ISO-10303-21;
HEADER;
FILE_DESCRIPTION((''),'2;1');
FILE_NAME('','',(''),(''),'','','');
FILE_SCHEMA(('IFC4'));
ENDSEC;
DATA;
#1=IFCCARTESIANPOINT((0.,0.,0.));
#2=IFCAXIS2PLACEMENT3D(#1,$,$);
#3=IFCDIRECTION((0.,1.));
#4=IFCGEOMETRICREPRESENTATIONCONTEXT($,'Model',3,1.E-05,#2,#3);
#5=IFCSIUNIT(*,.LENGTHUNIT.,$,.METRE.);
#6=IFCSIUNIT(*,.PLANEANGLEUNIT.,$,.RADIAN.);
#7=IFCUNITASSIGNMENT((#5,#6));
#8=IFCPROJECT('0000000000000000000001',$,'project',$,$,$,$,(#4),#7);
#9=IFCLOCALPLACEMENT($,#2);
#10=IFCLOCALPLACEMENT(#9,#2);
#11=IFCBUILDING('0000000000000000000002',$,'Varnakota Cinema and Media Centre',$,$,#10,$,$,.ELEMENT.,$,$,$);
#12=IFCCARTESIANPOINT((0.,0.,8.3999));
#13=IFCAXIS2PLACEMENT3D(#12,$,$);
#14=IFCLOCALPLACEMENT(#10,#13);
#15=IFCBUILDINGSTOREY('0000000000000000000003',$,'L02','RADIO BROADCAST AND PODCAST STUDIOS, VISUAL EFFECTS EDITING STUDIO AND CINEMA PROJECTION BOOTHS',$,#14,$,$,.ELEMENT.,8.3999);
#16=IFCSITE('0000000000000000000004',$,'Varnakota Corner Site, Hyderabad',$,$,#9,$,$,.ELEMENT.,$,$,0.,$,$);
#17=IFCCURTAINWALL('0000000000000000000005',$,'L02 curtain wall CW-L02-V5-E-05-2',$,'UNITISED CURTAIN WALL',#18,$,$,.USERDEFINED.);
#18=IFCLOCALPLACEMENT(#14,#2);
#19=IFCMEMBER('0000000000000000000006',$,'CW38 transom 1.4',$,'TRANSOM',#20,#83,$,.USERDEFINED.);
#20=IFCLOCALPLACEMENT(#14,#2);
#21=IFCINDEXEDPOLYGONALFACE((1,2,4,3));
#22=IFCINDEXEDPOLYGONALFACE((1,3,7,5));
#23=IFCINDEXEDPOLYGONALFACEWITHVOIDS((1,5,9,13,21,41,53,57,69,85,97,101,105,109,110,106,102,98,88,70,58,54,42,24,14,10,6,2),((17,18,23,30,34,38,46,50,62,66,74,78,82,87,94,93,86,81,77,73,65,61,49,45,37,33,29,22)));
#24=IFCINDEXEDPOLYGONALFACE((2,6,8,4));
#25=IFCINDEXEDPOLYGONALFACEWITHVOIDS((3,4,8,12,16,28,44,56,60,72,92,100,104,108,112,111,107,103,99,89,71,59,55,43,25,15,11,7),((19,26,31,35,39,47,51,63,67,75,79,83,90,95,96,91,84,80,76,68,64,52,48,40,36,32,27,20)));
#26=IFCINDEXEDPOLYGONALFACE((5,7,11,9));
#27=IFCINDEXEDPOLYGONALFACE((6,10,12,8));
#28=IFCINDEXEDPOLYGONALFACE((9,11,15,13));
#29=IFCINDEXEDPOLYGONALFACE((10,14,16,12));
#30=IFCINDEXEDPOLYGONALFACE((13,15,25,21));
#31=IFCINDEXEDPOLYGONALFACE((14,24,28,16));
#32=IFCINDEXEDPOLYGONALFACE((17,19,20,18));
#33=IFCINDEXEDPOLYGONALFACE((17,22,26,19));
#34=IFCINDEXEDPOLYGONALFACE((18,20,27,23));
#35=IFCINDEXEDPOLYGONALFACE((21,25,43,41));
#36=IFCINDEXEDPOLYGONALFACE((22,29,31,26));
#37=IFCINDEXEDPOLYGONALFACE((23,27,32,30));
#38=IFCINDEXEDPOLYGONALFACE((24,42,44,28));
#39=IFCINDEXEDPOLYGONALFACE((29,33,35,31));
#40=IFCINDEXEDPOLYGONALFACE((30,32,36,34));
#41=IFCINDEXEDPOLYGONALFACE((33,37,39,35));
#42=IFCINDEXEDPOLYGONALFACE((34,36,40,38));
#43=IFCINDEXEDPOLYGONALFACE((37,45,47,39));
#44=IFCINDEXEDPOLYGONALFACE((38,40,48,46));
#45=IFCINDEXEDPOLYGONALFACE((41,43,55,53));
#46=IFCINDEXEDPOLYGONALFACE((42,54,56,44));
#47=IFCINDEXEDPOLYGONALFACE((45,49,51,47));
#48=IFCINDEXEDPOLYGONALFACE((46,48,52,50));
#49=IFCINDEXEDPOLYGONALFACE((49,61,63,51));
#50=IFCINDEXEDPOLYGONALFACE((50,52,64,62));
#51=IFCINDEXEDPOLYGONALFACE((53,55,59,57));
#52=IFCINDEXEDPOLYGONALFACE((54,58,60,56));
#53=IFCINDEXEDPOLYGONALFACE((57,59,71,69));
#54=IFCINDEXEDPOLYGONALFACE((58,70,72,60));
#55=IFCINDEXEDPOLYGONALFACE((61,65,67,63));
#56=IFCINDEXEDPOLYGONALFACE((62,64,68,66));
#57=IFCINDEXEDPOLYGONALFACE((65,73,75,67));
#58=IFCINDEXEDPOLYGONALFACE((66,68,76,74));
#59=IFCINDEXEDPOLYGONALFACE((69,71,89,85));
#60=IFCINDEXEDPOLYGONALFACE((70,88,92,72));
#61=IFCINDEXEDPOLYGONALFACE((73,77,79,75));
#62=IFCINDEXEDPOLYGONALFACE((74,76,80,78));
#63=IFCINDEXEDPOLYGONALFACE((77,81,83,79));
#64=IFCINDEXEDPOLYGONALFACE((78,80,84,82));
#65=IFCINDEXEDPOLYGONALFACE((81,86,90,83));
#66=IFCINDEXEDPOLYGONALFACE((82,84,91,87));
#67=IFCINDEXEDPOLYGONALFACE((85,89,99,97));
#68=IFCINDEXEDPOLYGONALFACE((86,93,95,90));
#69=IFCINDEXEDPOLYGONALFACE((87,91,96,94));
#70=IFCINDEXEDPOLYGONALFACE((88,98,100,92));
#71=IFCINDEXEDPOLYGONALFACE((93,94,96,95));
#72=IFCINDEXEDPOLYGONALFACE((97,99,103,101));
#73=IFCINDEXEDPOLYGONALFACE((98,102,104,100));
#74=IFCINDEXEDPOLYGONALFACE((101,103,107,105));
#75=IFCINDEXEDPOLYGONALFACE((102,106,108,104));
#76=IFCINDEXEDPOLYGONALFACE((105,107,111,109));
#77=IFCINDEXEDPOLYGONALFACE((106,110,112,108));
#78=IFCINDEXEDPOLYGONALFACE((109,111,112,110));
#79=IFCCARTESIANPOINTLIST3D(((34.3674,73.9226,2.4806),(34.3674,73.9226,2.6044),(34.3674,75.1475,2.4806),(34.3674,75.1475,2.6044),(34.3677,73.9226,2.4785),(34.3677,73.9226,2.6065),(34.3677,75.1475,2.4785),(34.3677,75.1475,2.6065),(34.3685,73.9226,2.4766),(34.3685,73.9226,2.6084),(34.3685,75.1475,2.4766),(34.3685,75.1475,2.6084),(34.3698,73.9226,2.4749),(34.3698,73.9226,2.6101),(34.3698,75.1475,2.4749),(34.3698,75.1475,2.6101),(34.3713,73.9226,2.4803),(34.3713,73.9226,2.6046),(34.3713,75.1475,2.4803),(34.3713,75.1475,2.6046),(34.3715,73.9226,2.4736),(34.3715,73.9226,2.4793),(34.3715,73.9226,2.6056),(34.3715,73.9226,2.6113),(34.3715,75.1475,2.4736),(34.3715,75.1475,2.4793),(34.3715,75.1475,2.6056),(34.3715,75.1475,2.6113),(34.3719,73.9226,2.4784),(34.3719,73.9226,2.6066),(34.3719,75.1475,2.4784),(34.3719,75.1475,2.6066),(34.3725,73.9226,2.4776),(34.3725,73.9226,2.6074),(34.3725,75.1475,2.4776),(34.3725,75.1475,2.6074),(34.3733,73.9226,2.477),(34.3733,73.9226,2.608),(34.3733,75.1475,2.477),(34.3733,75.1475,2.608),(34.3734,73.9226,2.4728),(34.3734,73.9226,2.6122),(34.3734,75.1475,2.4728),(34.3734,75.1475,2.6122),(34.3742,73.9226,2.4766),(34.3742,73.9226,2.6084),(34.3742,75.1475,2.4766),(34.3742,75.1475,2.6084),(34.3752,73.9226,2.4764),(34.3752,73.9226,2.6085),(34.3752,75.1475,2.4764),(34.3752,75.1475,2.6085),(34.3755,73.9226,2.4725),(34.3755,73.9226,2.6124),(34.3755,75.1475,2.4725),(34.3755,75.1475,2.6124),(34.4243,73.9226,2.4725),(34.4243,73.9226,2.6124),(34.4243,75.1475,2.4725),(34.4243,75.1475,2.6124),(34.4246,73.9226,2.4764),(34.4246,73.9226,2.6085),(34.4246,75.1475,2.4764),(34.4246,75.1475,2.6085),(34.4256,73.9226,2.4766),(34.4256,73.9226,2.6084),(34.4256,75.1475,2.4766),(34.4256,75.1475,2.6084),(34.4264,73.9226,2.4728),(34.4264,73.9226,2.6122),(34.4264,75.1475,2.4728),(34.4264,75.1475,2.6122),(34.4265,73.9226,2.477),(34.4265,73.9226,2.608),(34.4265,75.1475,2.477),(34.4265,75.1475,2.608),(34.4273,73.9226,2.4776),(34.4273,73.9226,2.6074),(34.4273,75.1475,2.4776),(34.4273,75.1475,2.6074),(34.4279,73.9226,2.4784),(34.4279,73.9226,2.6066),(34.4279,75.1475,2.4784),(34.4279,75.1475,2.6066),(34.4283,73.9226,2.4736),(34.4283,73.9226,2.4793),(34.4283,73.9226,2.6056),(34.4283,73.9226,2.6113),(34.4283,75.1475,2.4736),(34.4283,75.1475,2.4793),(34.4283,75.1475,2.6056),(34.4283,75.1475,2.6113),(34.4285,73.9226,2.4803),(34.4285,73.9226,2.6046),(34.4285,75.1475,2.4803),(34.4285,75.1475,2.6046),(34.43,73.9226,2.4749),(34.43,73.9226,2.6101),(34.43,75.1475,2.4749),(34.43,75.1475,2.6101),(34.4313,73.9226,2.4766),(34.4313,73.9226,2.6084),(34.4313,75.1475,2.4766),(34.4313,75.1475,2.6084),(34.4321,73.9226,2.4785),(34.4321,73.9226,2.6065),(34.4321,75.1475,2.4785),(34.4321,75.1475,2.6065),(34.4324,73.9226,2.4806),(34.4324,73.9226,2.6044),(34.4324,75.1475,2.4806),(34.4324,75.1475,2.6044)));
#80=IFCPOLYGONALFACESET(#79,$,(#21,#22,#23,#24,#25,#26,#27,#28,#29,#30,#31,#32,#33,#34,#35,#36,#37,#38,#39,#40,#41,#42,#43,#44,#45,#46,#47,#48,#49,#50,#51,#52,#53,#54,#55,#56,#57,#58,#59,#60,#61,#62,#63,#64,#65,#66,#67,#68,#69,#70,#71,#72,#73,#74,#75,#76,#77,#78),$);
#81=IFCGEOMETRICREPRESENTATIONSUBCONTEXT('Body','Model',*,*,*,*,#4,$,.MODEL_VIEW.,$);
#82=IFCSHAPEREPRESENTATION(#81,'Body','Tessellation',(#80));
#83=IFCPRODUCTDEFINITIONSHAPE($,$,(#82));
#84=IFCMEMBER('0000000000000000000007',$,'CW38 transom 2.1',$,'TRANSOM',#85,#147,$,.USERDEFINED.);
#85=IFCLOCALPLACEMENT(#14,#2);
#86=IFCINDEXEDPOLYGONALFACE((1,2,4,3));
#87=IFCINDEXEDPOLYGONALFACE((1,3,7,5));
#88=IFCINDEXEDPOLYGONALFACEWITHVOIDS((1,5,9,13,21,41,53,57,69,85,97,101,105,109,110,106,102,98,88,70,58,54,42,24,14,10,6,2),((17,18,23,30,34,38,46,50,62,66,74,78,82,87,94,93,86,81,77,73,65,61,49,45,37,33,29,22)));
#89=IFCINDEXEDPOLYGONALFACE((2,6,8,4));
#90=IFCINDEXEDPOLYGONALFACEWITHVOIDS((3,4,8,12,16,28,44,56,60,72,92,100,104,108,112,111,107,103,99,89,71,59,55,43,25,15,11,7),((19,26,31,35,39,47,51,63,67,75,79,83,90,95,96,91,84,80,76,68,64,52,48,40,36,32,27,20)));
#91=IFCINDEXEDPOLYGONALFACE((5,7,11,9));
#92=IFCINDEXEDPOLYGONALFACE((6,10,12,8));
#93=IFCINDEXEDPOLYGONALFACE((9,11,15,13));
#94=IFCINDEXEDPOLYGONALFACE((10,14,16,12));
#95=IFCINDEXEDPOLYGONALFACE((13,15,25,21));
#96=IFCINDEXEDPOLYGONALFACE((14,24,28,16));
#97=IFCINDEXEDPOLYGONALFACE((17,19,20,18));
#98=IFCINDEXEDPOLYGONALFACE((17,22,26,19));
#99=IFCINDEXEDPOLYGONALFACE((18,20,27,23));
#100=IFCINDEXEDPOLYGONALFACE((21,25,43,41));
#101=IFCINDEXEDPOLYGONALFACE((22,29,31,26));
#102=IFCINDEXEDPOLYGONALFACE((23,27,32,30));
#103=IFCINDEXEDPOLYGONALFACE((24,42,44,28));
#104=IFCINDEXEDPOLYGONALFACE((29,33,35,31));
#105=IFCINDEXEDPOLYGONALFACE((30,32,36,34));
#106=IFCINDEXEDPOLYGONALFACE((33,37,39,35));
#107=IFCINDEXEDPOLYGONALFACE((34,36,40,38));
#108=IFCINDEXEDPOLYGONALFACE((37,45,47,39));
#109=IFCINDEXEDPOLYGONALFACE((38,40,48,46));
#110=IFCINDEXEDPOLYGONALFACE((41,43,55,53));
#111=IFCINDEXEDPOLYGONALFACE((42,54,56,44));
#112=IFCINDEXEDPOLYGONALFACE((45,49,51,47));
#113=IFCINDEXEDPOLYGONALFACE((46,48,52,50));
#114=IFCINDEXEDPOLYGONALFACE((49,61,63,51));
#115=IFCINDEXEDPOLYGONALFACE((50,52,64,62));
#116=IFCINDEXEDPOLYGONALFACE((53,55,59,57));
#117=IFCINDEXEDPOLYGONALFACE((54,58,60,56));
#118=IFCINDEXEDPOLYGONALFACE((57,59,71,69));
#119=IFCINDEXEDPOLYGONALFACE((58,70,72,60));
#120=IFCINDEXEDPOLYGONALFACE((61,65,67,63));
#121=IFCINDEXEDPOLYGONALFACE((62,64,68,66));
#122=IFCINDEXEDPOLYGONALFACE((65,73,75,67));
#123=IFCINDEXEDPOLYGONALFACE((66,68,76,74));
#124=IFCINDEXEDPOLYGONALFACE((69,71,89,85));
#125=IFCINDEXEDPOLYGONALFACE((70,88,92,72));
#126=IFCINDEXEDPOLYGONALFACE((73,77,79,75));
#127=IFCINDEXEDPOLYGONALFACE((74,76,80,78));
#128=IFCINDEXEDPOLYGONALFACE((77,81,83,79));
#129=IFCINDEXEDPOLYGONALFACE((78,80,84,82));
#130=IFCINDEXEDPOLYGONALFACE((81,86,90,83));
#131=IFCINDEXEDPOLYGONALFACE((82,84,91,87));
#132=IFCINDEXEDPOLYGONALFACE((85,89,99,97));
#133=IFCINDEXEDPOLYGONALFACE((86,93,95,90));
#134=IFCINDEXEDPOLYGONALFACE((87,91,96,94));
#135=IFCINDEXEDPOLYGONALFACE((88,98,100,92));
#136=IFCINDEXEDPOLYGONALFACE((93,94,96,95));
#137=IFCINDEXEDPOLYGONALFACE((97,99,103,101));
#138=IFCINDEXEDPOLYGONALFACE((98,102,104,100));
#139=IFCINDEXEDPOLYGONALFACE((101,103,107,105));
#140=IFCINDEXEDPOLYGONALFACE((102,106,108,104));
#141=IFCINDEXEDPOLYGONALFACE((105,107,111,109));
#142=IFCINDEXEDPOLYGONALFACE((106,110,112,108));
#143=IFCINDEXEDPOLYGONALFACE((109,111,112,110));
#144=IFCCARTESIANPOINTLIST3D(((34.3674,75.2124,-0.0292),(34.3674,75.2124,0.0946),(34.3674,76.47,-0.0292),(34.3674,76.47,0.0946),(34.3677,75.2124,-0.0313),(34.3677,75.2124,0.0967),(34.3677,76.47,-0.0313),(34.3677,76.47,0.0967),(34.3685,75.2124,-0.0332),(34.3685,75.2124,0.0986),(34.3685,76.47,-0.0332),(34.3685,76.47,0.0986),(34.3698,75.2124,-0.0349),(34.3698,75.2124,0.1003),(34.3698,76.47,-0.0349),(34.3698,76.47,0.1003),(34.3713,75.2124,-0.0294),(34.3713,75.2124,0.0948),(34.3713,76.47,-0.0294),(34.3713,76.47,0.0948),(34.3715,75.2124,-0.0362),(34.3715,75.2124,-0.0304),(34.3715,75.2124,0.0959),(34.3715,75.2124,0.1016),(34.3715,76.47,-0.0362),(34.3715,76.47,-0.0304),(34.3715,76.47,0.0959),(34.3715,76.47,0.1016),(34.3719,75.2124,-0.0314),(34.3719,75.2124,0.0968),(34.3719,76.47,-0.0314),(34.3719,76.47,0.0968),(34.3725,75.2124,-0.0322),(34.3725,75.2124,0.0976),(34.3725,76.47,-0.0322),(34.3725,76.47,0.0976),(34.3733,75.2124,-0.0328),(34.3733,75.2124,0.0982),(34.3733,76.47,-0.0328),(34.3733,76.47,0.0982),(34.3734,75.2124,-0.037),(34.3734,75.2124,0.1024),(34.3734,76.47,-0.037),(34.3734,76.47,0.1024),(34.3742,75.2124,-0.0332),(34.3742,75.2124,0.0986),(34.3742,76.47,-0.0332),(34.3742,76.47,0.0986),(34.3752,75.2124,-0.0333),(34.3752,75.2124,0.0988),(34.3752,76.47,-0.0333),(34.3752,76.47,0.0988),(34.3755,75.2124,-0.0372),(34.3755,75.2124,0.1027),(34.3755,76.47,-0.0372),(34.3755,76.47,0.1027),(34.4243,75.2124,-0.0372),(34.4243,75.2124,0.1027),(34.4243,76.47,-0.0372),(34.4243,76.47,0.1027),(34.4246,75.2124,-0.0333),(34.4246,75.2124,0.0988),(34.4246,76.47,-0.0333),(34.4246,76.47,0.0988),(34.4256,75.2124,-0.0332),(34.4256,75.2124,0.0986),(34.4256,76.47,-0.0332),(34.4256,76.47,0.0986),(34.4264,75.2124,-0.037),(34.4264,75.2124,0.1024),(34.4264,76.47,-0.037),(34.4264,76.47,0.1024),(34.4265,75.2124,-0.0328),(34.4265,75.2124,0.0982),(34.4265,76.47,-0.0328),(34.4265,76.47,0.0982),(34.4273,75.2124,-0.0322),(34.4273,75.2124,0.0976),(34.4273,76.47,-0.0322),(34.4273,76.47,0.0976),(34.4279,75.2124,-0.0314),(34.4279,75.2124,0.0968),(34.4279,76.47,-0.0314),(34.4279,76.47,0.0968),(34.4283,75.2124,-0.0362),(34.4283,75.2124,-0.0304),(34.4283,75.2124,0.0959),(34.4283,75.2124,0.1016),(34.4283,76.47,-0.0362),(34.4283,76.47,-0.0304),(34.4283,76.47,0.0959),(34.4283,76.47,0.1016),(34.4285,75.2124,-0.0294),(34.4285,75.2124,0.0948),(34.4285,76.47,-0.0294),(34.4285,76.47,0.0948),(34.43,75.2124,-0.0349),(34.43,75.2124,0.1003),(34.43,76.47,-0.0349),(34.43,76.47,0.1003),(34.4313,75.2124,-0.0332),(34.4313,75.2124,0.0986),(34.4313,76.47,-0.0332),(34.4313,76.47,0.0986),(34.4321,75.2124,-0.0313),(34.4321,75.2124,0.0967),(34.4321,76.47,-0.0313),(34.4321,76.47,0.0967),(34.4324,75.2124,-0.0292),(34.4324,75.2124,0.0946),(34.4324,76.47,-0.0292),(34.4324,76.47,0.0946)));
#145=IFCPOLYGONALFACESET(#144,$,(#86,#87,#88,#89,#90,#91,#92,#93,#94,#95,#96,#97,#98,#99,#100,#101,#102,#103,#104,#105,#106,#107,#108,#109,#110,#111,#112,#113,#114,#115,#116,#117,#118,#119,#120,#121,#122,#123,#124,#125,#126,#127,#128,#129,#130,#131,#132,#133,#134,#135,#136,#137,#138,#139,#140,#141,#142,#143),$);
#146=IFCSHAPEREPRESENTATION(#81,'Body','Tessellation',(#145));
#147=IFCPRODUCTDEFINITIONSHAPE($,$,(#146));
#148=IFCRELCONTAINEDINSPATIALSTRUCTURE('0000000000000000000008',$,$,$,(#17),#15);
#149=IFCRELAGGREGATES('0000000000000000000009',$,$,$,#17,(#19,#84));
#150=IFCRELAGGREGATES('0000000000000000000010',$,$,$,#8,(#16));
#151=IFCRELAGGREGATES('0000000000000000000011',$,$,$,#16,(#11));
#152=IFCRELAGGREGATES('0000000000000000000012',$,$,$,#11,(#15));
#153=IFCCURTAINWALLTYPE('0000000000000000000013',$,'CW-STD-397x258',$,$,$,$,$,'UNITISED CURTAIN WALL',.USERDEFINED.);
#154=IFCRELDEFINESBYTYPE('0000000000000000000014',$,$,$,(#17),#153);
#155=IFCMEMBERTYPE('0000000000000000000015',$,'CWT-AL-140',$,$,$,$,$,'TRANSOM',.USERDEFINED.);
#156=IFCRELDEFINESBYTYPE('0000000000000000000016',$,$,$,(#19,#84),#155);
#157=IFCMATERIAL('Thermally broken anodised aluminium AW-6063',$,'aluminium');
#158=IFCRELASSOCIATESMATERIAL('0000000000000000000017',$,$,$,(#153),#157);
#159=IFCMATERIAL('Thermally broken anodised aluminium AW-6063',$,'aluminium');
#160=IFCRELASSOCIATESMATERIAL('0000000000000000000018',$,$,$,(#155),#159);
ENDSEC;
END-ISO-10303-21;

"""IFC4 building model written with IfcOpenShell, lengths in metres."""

from ifc_helpers import new_model, si_unit, direction, frame, origin, origin_2d, place, context, subcontext, project, spatial, hollow_rectangle, extrude, material, material_profile, profile_set, type_object, element, aggregate, save


model = new_model("IFC4")

# Units and contexts
model_context = context("Model", 3, precision=1e-05, world=origin(), true_north=direction((0.0, 1.0)))
body_context = subcontext(model_context, "Body", "Model", "MODEL_VIEW")
ifc_project = project(units=[si_unit("LENGTHUNIT", "METRE"), si_unit("PLANEANGLEUNIT", "RADIAN")], contexts=[model_context])

# Site, building, storey
site_placement = place(None, origin())
site = spatial("IfcSite", under=ifc_project, at=site_placement, Name="Varnakota Corner Site, Hyderabad", CompositionType="ELEMENT", RefElevation=0.0)
building_placement = place(site_placement, origin())
building = spatial("IfcBuilding", under=site, at=building_placement, Name="Varnakota Cinema and Media Centre", CompositionType="ELEMENT")
storey_placement = place(building_placement, frame((0.0, 0.0, 8.3999)))
storey = spatial("IfcBuildingStorey", under=building, at=storey_placement, Name="L02", Description="RADIO BROADCAST AND PODCAST STUDIOS, VISUAL EFFECTS EDITING STUDIO AND CINEMA PROJECTION BOOTHS", CompositionType="ELEMENT", Elevation=8.3999)

# Shared definitions
ifc_material_1 = material(Name="Thermally broken anodised aluminium AW-6063", Category="aluminium")
curtain_wall_type = type_object("IfcCurtainWallType", Name="CW-STD-397x258", ElementType="UNITISED CURTAIN WALL", PredefinedType="USERDEFINED", material=ifc_material_1)

# Curtain wall, members
curtain_wall_1_placement = place(storey_placement, origin())
curtain_wall_1 = element("IfcCurtainWall", 1, at=curtain_wall_1_placement, inside=storey, type_object=curtain_wall_type, Name="L02 curtain wall CW-L02-V5-E-05-2", ObjectType="UNITISED CURTAIN WALL", PredefinedType="USERDEFINED")
ifc_material_2 = material(Name="Thermally broken anodised aluminium AW-6063", Category="aluminium")
ifc_material_profile_1 = material_profile(ifc_material_2, hollow_rectangle(XDim=0.0649, YDim=0.1399, WallThickness=0.0039, InnerFilletRadius=0.0039, OuterFilletRadius=0.0081, at=origin_2d()), Name="AL-TRANSOM 140x65x4")
ifc_profile_set_1 = profile_set([ifc_material_profile_1], Name="Thermally broken anodised aluminium AW-6063")
member_type_1 = type_object("IfcMemberType", Name="CWT-AL-140", ElementType="TRANSOM", PredefinedType="USERDEFINED", material=ifc_profile_set_1)
member_1_placement = place(storey_placement, frame((34.3999, 73.9226, 2.5425), z_axis=(0.0, 1.0, 0.0), x_axis=(-1.0, 0.0, 0.0)))
member_1 = element("IfcMember", 2, at=member_1_placement, type_object=member_type_1, Name="CW38 transom 1.4", ObjectType="TRANSOM", PredefinedType="USERDEFINED", context=body_context, shape_type="SweptSolid", body=[
    extrude(hollow_rectangle(XDim=0.0649, YDim=0.1399, WallThickness=0.0039, InnerFilletRadius=0.0039, OuterFilletRadius=0.0081, at=origin_2d()), origin(), (0.0, 0.0, 1.0), 1.2249),
])
member_2_placement = place(storey_placement, frame((34.3999, 75.2124, 0.0327), z_axis=(0.0, 1.0, 0.0), x_axis=(-1.0, 0.0, 0.0)))
member_2 = element("IfcMember", 3, at=member_2_placement, type_object=member_type_1, Name="CW38 transom 2.1", ObjectType="TRANSOM", PredefinedType="USERDEFINED", context=body_context, shape_type="SweptSolid", body=[
    extrude(hollow_rectangle(XDim=0.0649, YDim=0.1399, WallThickness=0.0039, InnerFilletRadius=0.0039, OuterFilletRadius=0.0081, at=origin_2d()), origin(), (0.0, 0.0, 1.0), 1.2576),
])
aggregate(curtain_wall_1, [member_1, member_2])

save(model, "model.ifc")
